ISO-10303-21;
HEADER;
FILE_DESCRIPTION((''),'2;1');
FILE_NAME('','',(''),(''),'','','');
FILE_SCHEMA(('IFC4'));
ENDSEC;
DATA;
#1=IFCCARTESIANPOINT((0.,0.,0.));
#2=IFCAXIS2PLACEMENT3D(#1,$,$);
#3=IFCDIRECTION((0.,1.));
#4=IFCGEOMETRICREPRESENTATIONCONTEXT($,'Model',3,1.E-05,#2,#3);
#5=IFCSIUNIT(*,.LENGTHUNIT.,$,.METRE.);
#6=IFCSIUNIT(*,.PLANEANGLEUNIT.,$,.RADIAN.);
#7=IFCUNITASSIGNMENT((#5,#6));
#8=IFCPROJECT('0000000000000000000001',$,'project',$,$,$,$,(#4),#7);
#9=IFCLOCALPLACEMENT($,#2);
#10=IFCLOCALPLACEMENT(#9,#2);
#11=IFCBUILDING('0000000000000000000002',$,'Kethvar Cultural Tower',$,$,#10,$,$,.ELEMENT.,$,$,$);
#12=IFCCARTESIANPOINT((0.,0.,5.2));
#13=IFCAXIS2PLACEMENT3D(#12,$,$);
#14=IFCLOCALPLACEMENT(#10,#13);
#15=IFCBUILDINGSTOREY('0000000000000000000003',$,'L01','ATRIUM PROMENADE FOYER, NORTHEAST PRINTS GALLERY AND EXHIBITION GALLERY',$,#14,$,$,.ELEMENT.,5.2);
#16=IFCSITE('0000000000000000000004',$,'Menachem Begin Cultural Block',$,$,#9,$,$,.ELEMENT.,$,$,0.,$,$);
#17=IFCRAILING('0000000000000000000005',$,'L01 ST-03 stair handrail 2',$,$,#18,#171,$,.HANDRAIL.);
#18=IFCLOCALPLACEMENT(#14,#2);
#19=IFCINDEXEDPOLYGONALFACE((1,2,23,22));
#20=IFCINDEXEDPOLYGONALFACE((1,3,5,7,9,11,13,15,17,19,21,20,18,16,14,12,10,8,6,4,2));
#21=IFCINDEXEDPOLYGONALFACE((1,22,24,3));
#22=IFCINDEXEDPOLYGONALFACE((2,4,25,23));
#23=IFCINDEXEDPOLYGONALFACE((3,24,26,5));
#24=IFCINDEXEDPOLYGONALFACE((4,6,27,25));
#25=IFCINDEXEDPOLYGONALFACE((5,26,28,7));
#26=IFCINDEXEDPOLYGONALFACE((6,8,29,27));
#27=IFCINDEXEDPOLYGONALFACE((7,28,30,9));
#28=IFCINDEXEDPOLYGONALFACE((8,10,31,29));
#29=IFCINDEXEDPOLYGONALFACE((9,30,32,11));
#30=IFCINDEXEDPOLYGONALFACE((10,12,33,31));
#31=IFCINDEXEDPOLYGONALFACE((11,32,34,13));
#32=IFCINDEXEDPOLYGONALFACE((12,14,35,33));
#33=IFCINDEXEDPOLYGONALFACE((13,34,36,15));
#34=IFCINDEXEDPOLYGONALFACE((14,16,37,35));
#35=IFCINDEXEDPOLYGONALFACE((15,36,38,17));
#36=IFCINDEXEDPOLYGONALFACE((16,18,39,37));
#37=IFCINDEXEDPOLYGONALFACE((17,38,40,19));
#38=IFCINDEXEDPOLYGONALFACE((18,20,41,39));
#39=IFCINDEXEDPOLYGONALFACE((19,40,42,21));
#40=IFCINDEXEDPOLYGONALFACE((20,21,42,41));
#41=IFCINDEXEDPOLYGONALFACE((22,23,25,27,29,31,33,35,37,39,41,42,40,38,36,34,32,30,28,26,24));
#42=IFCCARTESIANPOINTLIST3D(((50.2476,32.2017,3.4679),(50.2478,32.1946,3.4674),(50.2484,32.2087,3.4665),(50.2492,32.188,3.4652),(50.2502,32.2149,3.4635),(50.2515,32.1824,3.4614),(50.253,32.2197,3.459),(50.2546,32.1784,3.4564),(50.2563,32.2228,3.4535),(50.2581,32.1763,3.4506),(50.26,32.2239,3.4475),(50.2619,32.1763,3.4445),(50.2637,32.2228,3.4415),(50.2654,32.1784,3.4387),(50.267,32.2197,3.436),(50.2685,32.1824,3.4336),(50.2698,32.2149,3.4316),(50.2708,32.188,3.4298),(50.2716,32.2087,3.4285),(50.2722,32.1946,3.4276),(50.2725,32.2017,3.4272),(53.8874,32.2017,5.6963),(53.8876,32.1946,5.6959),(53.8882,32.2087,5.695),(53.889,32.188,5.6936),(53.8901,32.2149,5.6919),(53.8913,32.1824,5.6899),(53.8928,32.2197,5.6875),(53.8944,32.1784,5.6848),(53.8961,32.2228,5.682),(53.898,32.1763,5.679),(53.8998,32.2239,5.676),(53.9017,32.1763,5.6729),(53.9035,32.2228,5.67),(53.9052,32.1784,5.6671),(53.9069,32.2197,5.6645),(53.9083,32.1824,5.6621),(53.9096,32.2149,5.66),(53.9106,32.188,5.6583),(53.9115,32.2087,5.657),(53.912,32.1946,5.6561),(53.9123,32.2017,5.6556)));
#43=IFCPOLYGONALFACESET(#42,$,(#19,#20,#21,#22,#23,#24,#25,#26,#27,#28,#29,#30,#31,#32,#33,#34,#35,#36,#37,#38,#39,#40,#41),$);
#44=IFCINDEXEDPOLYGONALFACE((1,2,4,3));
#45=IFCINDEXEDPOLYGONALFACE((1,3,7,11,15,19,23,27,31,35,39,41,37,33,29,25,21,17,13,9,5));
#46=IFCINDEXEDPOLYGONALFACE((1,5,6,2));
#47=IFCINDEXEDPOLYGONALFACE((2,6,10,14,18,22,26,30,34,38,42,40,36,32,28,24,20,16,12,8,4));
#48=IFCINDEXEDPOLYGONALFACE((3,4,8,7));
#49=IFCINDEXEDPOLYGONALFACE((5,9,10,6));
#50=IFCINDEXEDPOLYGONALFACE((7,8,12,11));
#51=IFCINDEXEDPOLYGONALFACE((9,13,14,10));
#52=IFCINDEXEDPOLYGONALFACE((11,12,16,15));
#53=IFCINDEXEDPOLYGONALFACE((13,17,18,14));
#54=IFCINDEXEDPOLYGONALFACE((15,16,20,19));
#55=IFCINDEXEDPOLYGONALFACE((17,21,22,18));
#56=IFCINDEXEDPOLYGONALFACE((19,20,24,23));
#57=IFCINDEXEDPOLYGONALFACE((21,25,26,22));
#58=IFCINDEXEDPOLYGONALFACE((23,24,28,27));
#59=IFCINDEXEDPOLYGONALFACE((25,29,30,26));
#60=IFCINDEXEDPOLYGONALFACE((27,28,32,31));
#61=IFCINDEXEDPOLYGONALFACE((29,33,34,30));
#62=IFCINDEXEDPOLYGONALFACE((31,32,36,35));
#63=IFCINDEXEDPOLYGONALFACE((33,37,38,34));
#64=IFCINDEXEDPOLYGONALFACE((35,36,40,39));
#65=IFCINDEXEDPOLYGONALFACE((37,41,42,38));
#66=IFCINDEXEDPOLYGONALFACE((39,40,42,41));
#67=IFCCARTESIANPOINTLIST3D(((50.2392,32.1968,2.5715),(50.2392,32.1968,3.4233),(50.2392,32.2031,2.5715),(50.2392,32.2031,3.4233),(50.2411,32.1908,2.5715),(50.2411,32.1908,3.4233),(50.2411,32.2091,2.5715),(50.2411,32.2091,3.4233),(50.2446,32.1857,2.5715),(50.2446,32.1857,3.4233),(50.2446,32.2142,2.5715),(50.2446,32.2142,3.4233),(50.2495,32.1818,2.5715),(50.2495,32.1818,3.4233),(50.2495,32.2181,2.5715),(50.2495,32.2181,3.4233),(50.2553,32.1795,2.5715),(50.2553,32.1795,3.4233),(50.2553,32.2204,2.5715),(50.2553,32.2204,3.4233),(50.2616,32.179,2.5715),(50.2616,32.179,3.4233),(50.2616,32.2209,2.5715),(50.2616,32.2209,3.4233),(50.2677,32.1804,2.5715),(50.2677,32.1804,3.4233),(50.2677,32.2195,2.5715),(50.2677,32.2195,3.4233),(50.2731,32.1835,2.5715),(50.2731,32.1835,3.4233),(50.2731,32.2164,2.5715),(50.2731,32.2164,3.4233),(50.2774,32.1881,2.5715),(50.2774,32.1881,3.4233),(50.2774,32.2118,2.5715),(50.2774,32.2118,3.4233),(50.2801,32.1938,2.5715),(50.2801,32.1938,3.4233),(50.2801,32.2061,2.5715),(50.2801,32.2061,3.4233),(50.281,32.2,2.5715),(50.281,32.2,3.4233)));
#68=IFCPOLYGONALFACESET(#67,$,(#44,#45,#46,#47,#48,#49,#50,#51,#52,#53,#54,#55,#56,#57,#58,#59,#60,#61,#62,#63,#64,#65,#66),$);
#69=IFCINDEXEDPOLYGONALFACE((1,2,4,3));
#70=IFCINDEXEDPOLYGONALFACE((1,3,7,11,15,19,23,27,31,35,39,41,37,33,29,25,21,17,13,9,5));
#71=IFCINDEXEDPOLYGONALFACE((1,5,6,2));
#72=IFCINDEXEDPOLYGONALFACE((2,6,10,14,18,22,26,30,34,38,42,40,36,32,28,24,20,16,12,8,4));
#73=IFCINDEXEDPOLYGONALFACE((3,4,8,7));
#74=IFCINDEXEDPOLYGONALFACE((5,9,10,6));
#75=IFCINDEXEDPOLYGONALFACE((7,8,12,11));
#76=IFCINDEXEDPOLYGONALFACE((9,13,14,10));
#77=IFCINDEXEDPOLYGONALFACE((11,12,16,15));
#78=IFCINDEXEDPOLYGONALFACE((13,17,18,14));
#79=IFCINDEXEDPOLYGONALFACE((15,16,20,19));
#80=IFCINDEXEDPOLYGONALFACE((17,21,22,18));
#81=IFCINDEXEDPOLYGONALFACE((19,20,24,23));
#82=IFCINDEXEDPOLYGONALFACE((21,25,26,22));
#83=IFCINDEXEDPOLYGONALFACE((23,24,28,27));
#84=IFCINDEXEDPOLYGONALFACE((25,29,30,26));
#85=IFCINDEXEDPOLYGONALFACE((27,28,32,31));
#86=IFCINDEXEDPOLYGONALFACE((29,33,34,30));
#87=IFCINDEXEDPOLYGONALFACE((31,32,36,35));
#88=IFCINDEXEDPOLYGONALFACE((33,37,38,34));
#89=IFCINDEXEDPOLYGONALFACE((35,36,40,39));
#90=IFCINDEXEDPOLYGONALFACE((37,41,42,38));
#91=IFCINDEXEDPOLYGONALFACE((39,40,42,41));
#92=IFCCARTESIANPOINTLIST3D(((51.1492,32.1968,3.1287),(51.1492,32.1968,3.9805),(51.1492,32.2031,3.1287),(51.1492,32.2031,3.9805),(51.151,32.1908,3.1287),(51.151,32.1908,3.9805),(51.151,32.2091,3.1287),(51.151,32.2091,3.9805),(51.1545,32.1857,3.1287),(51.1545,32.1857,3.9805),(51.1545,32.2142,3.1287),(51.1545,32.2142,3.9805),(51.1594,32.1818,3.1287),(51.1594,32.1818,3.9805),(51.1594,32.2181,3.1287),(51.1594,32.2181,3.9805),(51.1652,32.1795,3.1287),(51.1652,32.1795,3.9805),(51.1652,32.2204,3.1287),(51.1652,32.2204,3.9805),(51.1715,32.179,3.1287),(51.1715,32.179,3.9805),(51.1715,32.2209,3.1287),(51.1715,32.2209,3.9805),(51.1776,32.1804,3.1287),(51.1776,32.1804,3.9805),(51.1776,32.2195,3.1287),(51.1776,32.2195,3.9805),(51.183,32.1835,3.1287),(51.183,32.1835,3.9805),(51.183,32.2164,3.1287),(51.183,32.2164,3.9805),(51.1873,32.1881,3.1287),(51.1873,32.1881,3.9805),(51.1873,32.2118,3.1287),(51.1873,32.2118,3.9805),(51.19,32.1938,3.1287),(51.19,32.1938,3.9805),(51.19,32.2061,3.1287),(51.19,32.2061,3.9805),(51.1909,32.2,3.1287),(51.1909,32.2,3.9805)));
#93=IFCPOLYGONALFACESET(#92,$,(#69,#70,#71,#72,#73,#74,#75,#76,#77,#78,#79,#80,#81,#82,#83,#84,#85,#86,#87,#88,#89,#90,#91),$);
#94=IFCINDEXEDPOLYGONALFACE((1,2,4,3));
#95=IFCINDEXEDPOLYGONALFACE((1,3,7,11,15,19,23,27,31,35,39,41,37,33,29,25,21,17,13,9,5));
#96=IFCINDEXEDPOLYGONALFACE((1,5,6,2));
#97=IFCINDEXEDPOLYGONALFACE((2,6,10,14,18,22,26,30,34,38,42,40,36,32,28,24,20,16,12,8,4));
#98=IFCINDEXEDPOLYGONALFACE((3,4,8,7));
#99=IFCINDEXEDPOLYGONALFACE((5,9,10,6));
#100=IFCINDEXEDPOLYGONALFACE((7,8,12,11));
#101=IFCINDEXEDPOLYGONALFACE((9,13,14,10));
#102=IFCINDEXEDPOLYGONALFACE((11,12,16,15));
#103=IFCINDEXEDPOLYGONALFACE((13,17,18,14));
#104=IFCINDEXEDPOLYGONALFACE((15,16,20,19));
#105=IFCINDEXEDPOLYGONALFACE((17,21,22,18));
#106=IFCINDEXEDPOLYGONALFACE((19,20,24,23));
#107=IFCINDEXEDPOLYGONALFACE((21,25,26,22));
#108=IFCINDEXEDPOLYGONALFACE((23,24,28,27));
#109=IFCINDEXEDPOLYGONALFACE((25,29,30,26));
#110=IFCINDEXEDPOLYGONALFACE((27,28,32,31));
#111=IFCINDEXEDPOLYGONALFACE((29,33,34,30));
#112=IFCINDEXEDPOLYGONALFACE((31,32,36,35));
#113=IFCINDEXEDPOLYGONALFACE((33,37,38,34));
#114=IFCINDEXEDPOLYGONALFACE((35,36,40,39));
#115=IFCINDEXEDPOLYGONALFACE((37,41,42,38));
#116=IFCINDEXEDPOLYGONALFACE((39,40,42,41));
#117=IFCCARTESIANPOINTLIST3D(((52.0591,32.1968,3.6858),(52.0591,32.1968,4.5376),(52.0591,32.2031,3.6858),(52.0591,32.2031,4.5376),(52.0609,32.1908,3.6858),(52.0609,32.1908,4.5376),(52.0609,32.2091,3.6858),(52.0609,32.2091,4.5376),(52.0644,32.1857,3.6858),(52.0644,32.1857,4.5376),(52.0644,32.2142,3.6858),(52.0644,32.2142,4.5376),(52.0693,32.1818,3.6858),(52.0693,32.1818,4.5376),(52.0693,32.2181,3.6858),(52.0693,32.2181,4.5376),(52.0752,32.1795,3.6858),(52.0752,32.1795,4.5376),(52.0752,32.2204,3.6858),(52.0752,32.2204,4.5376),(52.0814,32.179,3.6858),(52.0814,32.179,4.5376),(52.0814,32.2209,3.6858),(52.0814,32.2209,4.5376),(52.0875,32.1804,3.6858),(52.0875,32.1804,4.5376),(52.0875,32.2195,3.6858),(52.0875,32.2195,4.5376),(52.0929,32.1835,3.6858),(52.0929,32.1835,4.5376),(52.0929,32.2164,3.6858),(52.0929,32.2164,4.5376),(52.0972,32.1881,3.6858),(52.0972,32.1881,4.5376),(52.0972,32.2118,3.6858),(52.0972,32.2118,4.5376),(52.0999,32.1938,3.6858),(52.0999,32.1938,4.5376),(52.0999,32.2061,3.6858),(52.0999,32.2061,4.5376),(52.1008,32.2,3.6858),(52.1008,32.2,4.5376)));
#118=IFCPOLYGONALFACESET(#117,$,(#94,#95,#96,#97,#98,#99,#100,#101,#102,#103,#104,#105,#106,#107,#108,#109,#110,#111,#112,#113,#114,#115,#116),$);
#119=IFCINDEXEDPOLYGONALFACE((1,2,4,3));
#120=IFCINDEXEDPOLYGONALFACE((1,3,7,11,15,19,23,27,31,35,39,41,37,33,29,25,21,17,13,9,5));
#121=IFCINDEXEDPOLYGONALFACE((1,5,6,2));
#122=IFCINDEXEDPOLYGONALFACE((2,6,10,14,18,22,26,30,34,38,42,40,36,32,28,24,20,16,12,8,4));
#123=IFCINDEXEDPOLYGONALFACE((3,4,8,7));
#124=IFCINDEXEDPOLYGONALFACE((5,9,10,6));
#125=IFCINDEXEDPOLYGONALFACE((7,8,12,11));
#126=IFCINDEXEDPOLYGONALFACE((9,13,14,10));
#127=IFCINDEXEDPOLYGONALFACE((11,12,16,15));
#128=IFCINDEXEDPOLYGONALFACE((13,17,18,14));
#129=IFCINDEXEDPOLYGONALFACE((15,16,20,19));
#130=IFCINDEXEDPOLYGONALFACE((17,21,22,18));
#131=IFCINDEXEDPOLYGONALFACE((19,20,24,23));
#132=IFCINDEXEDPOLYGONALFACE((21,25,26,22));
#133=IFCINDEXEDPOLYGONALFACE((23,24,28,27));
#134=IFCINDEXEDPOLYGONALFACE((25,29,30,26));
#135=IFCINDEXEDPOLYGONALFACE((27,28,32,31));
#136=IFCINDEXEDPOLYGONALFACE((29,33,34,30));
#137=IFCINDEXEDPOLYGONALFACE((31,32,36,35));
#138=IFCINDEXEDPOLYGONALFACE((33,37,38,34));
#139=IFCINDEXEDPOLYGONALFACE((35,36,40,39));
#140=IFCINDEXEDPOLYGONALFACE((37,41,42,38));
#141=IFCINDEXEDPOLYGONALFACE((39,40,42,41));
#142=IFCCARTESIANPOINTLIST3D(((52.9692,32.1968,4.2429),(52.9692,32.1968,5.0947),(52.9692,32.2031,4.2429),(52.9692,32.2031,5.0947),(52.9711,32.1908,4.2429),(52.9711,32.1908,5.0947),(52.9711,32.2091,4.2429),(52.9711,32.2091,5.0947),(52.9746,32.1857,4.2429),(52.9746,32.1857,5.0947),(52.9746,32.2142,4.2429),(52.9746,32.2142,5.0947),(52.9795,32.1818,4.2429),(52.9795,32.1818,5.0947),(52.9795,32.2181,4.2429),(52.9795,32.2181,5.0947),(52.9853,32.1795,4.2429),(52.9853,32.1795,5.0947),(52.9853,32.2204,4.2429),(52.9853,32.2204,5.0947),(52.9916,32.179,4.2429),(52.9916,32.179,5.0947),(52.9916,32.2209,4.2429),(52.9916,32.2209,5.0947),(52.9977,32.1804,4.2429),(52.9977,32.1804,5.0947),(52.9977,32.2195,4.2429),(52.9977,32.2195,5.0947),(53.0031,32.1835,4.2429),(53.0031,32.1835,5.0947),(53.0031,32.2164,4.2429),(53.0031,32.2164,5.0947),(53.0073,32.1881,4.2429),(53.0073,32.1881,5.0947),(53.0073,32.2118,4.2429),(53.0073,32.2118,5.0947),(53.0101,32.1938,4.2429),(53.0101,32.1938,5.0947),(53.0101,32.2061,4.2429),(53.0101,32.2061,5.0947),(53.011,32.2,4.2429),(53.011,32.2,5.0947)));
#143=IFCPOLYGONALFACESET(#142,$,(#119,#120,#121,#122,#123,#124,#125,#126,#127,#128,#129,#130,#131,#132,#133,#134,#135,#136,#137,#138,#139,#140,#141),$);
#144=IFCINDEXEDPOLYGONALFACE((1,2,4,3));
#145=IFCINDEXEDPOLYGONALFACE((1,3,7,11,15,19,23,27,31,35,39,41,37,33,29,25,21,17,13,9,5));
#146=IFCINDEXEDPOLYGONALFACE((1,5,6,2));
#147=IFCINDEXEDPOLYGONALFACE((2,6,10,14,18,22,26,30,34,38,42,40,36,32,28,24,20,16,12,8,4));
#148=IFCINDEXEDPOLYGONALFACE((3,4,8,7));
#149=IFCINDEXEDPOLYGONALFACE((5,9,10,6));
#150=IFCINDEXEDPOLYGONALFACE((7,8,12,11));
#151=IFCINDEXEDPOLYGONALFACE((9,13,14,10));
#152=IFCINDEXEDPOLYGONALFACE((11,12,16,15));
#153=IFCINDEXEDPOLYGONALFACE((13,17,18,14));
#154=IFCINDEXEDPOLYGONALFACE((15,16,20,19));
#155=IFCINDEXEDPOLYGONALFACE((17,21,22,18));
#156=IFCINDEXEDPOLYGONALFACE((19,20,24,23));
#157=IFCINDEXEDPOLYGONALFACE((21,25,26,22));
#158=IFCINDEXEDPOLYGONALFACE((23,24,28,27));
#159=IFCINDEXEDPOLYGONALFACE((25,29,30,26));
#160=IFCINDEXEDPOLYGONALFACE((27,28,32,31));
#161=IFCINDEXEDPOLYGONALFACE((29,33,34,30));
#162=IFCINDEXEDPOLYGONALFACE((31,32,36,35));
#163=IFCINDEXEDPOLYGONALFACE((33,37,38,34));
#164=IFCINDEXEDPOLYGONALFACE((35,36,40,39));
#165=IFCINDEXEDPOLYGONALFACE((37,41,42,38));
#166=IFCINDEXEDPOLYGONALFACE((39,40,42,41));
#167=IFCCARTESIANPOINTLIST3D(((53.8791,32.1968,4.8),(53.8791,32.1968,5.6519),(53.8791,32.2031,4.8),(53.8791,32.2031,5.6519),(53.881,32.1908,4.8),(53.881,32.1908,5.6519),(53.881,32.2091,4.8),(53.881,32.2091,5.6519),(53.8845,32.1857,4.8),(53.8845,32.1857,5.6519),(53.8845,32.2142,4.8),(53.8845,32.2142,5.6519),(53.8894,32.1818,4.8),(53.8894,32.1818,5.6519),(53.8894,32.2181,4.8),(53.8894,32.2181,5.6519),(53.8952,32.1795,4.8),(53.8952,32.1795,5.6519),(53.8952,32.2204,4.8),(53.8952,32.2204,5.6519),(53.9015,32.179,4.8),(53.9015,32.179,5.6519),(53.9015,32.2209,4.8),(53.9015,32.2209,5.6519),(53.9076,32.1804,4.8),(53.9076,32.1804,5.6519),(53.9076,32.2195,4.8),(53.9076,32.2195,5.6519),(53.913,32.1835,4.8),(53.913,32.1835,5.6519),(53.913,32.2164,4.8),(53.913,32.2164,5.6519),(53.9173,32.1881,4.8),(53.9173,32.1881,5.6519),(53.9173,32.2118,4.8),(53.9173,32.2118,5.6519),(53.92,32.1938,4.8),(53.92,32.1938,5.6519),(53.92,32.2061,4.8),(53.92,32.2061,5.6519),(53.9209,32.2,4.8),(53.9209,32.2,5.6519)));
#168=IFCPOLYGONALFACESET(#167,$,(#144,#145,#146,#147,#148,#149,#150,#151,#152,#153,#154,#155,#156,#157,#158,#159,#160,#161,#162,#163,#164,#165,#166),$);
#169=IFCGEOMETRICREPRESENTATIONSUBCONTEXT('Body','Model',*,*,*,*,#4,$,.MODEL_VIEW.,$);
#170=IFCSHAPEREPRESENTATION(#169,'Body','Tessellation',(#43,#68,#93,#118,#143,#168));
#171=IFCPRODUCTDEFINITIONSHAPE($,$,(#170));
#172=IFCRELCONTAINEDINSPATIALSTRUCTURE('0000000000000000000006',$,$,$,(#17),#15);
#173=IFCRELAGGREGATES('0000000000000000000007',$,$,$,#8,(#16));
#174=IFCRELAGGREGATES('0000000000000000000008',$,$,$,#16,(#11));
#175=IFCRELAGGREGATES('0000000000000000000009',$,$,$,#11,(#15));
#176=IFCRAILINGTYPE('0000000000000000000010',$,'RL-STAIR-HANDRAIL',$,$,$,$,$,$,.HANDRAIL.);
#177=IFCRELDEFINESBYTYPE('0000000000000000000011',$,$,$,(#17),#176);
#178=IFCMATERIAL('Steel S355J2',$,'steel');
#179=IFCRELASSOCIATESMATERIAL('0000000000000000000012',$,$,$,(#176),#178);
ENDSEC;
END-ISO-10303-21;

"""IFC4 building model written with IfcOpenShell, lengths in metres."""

from ifc_helpers import new_model, si_unit, direction, frame, origin, origin_2d, place, context, subcontext, project, spatial, circle, extrude, material, type_object, element, save


model = new_model("IFC4")

# Units and contexts
model_context = context("Model", 3, precision=1e-05, world=origin(), true_north=direction((0.0, 1.0)))
body_context = subcontext(model_context, "Body", "Model", "MODEL_VIEW")
ifc_project = project(units=[si_unit("LENGTHUNIT", "METRE"), si_unit("PLANEANGLEUNIT", "RADIAN")], contexts=[model_context])

# Site, building, storey
site_placement = place(None, origin())
site = spatial("IfcSite", under=ifc_project, at=site_placement, Name="Menachem Begin Cultural Block", CompositionType="ELEMENT", RefElevation=0.0)
building_placement = place(site_placement, origin())
building = spatial("IfcBuilding", under=site, at=building_placement, Name="Kethvar Cultural Tower", CompositionType="ELEMENT")
storey_placement = place(building_placement, frame((0.0, 0.0, 5.2)))
storey = spatial("IfcBuildingStorey", under=building, at=storey_placement, Name="L01", Description="ATRIUM PROMENADE FOYER, NORTHEAST PRINTS GALLERY AND EXHIBITION GALLERY", CompositionType="ELEMENT", Elevation=5.2)

# Shared definitions
ifc_material_1 = material(Name="Steel S355J2", Category="steel")

# Railing
railing_type_1 = type_object("IfcRailingType", Name="RL-STAIR-HANDRAIL", PredefinedType="HANDRAIL", material=ifc_material_1)
railing_1_placement = place(storey_placement, frame((50.26, 32.2, 2.5715)))
element("IfcRailing", 1, at=railing_1_placement, inside=storey, type_object=railing_type_1, Name="L01 ST-03 stair handrail 2", PredefinedType="HANDRAIL", context=body_context, shape_type="SweptSolid", body=[
    extrude(circle(Radius=0.0239, at=origin_2d()), frame((0.0, 0.0, 0.876), z_axis=(0.85285, 0.0, 0.522156), x_axis=(0.0, 1.0, 0.0)), (0.0, 0.0, 1.0), 4.2678),
    extrude(circle(Radius=0.021, at=origin_2d()), origin(), (0.0, 0.0, 1.0), 0.8518),
    extrude(circle(Radius=0.021, at=origin_2d()), frame((0.9099, 0.0, 0.5571)), (0.0, 0.0, 1.0), 0.8518),
    extrude(circle(Radius=0.021, at=origin_2d()), frame((1.8198, 0.0, 1.1143)), (0.0, 0.0, 1.0), 0.8518),
    extrude(circle(Radius=0.021, at=origin_2d()), frame((2.73, 0.0, 1.6714)), (0.0, 0.0, 1.0), 0.8518),
    extrude(circle(Radius=0.021, at=origin_2d()), frame((3.6399, 0.0, 2.2285)), (0.0, 0.0, 1.0), 0.8518),
])

save(model, "model.ifc")
